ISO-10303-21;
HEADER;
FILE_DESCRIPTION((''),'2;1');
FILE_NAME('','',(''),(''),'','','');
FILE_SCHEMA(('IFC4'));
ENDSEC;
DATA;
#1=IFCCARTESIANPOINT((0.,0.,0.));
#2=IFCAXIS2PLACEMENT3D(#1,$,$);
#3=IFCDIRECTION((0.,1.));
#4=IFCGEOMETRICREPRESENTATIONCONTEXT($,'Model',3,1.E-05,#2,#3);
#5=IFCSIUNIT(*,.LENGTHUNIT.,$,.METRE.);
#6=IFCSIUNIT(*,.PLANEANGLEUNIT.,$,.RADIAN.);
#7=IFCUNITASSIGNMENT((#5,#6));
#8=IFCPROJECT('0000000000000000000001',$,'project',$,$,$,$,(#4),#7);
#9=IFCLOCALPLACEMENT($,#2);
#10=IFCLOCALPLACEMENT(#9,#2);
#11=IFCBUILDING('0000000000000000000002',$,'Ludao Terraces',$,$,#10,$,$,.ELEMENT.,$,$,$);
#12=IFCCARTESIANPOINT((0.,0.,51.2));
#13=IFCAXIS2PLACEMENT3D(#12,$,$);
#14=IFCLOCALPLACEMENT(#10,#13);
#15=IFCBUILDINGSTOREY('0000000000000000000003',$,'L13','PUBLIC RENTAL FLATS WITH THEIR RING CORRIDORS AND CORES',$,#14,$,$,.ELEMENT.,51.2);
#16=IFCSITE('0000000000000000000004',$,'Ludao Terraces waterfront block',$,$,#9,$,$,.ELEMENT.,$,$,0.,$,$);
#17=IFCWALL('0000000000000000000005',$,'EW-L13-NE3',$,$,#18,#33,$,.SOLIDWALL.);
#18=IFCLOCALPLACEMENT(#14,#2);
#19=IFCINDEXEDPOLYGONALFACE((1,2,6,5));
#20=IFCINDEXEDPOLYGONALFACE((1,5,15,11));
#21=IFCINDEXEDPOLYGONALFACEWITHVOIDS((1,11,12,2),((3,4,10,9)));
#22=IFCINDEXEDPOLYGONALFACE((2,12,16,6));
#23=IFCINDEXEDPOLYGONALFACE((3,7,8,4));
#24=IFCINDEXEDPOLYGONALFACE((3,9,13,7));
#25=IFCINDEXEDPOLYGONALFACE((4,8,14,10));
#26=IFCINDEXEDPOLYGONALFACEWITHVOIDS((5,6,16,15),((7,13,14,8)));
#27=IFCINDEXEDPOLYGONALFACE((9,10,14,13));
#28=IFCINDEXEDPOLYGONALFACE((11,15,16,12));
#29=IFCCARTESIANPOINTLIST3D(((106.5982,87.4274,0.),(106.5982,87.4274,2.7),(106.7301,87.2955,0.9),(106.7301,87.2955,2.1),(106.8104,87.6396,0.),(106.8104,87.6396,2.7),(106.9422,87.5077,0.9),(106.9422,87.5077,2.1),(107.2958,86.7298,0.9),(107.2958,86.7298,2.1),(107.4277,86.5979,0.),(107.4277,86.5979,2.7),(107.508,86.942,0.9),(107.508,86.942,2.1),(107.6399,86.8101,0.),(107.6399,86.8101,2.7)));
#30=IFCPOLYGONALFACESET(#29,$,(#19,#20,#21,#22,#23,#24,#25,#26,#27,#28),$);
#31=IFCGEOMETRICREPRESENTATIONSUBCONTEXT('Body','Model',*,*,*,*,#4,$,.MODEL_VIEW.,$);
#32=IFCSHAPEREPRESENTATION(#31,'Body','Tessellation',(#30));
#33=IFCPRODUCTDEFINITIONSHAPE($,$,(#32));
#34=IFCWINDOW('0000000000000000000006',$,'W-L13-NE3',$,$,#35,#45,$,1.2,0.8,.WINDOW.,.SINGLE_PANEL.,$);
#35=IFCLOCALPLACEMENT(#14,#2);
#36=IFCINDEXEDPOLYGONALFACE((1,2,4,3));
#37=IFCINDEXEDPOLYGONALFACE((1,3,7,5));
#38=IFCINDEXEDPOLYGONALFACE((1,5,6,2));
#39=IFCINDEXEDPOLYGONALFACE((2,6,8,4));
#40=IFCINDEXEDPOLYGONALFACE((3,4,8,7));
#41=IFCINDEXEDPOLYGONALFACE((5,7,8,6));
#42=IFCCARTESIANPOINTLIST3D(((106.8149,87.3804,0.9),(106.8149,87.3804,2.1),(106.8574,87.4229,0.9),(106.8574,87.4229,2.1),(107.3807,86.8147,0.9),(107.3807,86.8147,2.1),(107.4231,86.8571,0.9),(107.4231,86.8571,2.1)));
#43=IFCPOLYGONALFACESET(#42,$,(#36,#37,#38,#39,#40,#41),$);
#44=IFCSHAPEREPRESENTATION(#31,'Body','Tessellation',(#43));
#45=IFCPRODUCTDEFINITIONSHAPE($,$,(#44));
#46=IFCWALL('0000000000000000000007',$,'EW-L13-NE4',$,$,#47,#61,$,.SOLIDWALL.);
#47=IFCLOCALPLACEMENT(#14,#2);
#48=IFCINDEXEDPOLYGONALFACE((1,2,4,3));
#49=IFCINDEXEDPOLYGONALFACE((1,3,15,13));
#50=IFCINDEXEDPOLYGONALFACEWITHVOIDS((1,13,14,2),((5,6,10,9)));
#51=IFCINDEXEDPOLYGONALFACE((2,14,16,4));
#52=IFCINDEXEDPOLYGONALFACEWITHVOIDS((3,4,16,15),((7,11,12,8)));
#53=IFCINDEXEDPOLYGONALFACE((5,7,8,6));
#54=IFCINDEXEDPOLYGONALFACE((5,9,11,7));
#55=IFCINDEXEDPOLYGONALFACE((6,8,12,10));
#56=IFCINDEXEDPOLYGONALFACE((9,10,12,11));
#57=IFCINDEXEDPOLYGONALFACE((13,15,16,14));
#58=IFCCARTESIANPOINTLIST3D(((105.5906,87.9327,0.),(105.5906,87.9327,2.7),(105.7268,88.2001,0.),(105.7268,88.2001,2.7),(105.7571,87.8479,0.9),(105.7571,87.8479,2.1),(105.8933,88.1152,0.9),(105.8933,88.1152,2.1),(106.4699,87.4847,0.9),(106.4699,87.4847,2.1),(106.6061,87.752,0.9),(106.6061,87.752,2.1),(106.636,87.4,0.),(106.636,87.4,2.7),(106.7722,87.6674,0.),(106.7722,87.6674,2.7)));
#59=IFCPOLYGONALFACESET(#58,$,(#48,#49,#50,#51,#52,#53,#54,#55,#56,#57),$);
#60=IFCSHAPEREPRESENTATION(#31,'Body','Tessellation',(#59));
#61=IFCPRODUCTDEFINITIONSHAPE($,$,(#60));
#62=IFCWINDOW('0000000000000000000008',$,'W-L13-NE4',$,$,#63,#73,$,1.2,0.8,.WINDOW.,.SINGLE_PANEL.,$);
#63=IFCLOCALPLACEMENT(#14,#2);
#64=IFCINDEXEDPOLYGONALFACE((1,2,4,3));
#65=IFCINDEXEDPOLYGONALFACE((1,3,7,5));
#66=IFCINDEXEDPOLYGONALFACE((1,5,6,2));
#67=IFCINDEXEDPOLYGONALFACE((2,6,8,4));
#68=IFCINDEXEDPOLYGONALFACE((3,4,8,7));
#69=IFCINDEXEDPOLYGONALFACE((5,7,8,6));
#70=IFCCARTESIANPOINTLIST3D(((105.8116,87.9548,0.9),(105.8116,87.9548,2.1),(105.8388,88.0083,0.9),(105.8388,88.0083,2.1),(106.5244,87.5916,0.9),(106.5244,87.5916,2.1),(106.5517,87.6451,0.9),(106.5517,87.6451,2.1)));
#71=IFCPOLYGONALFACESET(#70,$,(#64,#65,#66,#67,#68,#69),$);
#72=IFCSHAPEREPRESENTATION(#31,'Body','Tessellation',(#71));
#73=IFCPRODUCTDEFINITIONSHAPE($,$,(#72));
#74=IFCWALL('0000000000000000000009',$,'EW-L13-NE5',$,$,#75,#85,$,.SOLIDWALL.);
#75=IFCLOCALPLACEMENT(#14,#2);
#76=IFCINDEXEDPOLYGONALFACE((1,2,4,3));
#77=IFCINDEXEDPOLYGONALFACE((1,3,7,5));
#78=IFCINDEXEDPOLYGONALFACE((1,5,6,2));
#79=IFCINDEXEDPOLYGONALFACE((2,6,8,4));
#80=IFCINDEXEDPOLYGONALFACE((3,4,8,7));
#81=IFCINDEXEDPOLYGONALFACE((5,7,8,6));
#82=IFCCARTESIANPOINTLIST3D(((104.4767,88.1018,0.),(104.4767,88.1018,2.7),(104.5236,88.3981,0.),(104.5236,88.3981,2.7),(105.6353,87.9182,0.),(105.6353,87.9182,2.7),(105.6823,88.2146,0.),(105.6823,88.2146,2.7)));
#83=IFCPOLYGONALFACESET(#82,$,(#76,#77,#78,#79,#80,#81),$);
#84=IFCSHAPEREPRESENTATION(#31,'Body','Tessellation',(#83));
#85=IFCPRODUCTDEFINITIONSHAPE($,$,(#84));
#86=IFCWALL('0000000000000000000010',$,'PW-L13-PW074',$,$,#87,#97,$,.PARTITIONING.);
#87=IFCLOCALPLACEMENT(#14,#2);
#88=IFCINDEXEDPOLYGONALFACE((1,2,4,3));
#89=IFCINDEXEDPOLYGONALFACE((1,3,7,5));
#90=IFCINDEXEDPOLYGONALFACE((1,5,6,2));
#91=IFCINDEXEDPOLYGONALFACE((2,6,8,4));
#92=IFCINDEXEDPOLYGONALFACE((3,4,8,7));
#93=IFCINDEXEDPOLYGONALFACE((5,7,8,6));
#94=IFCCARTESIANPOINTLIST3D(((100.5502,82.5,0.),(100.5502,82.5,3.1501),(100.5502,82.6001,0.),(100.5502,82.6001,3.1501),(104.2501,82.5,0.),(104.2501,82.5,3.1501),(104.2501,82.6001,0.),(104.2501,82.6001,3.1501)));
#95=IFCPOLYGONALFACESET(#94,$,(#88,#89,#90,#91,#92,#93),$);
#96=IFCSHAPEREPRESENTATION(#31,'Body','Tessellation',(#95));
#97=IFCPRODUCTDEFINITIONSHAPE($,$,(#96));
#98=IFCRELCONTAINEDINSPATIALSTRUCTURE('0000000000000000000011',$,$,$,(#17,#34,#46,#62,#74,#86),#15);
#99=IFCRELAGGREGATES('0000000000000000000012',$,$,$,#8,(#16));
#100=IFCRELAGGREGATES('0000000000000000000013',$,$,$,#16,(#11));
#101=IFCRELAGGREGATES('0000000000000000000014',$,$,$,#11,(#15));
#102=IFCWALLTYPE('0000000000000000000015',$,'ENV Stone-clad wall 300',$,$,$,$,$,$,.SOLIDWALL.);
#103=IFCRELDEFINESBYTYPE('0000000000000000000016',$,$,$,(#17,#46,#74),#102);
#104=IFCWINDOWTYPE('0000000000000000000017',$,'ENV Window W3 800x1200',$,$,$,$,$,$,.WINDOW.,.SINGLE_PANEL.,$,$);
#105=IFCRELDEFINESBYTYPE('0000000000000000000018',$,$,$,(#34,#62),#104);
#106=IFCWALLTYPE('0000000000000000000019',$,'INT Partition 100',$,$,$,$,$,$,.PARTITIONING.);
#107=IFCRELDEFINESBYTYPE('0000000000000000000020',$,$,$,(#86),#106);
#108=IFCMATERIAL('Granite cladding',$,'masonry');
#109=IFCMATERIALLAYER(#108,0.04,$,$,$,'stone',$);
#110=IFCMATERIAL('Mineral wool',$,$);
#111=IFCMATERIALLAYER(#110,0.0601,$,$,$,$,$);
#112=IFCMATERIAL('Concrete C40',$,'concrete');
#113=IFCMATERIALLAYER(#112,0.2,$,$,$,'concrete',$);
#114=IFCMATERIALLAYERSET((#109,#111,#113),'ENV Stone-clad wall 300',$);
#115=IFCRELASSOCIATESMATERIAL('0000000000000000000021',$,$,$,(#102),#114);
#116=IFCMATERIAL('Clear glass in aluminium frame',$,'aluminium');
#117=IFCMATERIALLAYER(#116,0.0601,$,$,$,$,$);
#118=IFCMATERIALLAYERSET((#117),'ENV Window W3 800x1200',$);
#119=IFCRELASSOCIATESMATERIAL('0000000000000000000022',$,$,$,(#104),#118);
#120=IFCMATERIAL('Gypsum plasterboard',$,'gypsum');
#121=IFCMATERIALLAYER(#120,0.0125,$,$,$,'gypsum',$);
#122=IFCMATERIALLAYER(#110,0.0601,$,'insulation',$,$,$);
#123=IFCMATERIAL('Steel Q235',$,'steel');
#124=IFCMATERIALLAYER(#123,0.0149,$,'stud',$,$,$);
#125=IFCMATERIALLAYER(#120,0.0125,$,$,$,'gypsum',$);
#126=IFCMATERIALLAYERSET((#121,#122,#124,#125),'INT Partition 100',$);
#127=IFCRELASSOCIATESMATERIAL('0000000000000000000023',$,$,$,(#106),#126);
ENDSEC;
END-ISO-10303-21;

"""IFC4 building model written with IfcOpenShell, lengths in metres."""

from ifc_helpers import new_model, si_unit, direction, frame, frame_2d, origin, place, context, subcontext, project, spatial, rectangle, extrude, material, layer, layer_set, type_object, element, fill, save


model = new_model("IFC4")

# Units and contexts
model_context = context("Model", 3, precision=1e-05, world=origin(), true_north=direction((0.0, 1.0)))
body_context = subcontext(model_context, "Body", "Model", "MODEL_VIEW")
ifc_project = project(units=[si_unit("LENGTHUNIT", "METRE"), si_unit("PLANEANGLEUNIT", "RADIAN")], contexts=[model_context])

# Site, building, storey
site_placement = place(None, origin())
site = spatial("IfcSite", under=ifc_project, at=site_placement, Name="Ludao Terraces waterfront block", CompositionType="ELEMENT", RefElevation=0.0)
building_placement = place(site_placement, origin())
building = spatial("IfcBuilding", under=site, at=building_placement, Name="Ludao Terraces", CompositionType="ELEMENT")
storey_placement = place(building_placement, frame((0.0, 0.0, 51.2)))
storey = spatial("IfcBuildingStorey", under=building, at=storey_placement, Name="L13", Description="PUBLIC RENTAL FLATS WITH THEIR RING CORRIDORS AND CORES", CompositionType="ELEMENT", Elevation=51.2)

# Shared definitions
ifc_material_1 = material(Name="Granite cladding", Category="masonry")
ifc_layer_1 = layer(ifc_material_1, 0.04, Category="stone")
ifc_material_2 = material(Name="Mineral wool")
ifc_layer_2 = layer(ifc_material_2, 0.0601)
ifc_material_3 = material(Name="Concrete C40", Category="concrete")
ifc_layer_3 = layer(ifc_material_3, 0.2, Category="concrete")
ifc_layer_set_1 = layer_set([ifc_layer_1, ifc_layer_2, ifc_layer_3], Name="ENV Stone-clad wall 300")
wall_type_1 = type_object("IfcWallType", Name="ENV Stone-clad wall 300", PredefinedType="SOLIDWALL", material=ifc_layer_set_1)
ifc_material_4 = material(Name="Clear glass in aluminium frame", Category="aluminium")

# Walls, openings, windows
ifc_layer_4 = layer(ifc_material_4, 0.0601)
ifc_layer_set_2 = layer_set([ifc_layer_4], Name="ENV Window W3 800x1200")
window_type_1 = type_object("IfcWindowType", Name="ENV Window W3 800x1200", PartitioningType="SINGLE_PANEL", PredefinedType="WINDOW", material=ifc_layer_set_2)
wall_1_placement = place(storey_placement, frame((107.5337, 86.7041, 0.0), z_axis=(0.0, 0.0, 1.0), x_axis=(-0.707107, 0.707107, 0.0)))
wall_1 = element("IfcWall", 1, at=wall_1_placement, inside=storey, type_object=wall_type_1, Name="EW-L13-NE3", PredefinedType="SOLIDWALL", context=body_context, shape_type="SweptSolid", body=[
    extrude(rectangle(XDim=1.1731, YDim=0.3, at=frame_2d((0.5864, 0.0))), origin(), (0.0, 0.0, 1.0), 2.7),
])
opening_1_placement = place(wall_1_placement, frame((0.1865, 0.0, 0.8999)))
opening_1 = element("IfcOpeningElement", 2, at=opening_1_placement, cuts=wall_1, PredefinedType="OPENING", context=body_context, shape_type="SweptSolid", body=[
    extrude(rectangle(XDim=0.8, YDim=1.2, at=frame_2d((0.3999, 0.6001))), frame((0.0, 0.1602, 0.0), z_axis=(0.0, -1.0, 0.0), x_axis=(1.0, 0.0, 0.0)), (0.0, 0.0, 1.0), 0.3201),
])
window_1_placement = place(opening_1_placement, origin())
window_1 = element("IfcWindow", 3, at=window_1_placement, inside=storey, type_object=window_type_1, Name="W-L13-NE3", OverallHeight=1.2, OverallWidth=0.8, PartitioningType="SINGLE_PANEL", PredefinedType="WINDOW", context=body_context, shape_type="SweptSolid", body=[
    extrude(rectangle(XDim=0.8, YDim=1.2, at=frame_2d((0.3999, 0.6001))), frame((0.0, 0.03, 0.0), z_axis=(0.0, -1.0, 0.0), x_axis=(1.0, 0.0, 0.0)), (0.0, 0.0, 1.0), 0.0601),
])
fill(opening_1, window_1)
wall_2_placement = place(storey_placement, frame((106.7041, 87.5337, 0.0), z_axis=(0.0, 0.0, 1.0), x_axis=(-0.890989, 0.454026, 0.0)))
wall_2 = element("IfcWall", 4, at=wall_2_placement, inside=storey, type_object=wall_type_1, Name="EW-L13-NE4", PredefinedType="SOLIDWALL", context=body_context, shape_type="SweptSolid", body=[
    extrude(rectangle(XDim=1.1733, YDim=0.3, at=frame_2d((0.5867, 0.0))), origin(), (0.0, 0.0, 1.0), 2.7),
])
opening_2_placement = place(wall_2_placement, frame((0.1865, 0.0, 0.8999)))
opening_2 = element("IfcOpeningElement", 5, at=opening_2_placement, cuts=wall_2, PredefinedType="OPENING", context=body_context, shape_type="SweptSolid", body=[
    extrude(rectangle(XDim=0.8, YDim=1.2, at=frame_2d((0.3999, 0.6001))), frame((0.0, 0.1602, 0.0), z_axis=(0.0, -1.0, 0.0), x_axis=(1.0, 0.0, 0.0)), (0.0, 0.0, 1.0), 0.3201),
])
window_2_placement = place(opening_2_placement, origin())
window_2 = element("IfcWindow", 6, at=window_2_placement, inside=storey, type_object=window_type_1, Name="W-L13-NE4", OverallHeight=1.2, OverallWidth=0.8, PartitioningType="SINGLE_PANEL", PredefinedType="WINDOW", context=body_context, shape_type="SweptSolid", body=[
    extrude(rectangle(XDim=0.8, YDim=1.2, at=frame_2d((0.3999, 0.6001))), frame((0.0, 0.03, 0.0), z_axis=(0.0, -1.0, 0.0), x_axis=(1.0, 0.0, 0.0)), (0.0, 0.0, 1.0), 0.0601),
])
fill(opening_2, window_2)

# Walls
wall_3_placement = place(storey_placement, frame((105.6587, 88.0664, 0.0), z_axis=(0.0, 0.0, 1.0), x_axis=(-0.987678, 0.156497, 0.0)))
element("IfcWall", 7, at=wall_3_placement, inside=storey, type_object=wall_type_1, Name="EW-L13-NE5", PredefinedType="SOLIDWALL", context=body_context, shape_type="SweptSolid", body=[
    extrude(rectangle(XDim=1.1731, YDim=0.3, at=frame_2d((0.5864, 0.0))), origin(), (0.0, 0.0, 1.0), 2.7),
])
ifc_material_5 = material(Name="Gypsum plasterboard", Category="gypsum")
ifc_layer_5 = layer(ifc_material_5, 0.0125, Category="gypsum")
ifc_layer_6 = layer(ifc_material_2, 0.0601, Name="insulation")
ifc_material_6 = material(Name="Steel Q235", Category="steel")
ifc_layer_7 = layer(ifc_material_6, 0.0149, Name="stud")
ifc_layer_8 = layer(ifc_material_5, 0.0125, Category="gypsum")
ifc_layer_set_3 = layer_set([ifc_layer_5, ifc_layer_6, ifc_layer_7, ifc_layer_8], Name="INT Partition 100")
wall_type_2 = type_object("IfcWallType", Name="INT Partition 100", PredefinedType="PARTITIONING", material=ifc_layer_set_3)
wall_4_placement = place(storey_placement, frame((100.55, 82.55, 0.0), z_axis=(0.0, 0.0, 1.0), x_axis=(1.0, 0.0, 0.0)))
element("IfcWall", 8, at=wall_4_placement, inside=storey, type_object=wall_type_2, Name="PW-L13-PW074", PredefinedType="PARTITIONING", context=body_context, shape_type="SweptSolid", body=[
    extrude(rectangle(XDim=3.7, YDim=0.1001, at=frame_2d((1.8501, 0.0))), origin(), (0.0, 0.0, 1.0), 3.1501),
])

save(model, "model.ifc")
